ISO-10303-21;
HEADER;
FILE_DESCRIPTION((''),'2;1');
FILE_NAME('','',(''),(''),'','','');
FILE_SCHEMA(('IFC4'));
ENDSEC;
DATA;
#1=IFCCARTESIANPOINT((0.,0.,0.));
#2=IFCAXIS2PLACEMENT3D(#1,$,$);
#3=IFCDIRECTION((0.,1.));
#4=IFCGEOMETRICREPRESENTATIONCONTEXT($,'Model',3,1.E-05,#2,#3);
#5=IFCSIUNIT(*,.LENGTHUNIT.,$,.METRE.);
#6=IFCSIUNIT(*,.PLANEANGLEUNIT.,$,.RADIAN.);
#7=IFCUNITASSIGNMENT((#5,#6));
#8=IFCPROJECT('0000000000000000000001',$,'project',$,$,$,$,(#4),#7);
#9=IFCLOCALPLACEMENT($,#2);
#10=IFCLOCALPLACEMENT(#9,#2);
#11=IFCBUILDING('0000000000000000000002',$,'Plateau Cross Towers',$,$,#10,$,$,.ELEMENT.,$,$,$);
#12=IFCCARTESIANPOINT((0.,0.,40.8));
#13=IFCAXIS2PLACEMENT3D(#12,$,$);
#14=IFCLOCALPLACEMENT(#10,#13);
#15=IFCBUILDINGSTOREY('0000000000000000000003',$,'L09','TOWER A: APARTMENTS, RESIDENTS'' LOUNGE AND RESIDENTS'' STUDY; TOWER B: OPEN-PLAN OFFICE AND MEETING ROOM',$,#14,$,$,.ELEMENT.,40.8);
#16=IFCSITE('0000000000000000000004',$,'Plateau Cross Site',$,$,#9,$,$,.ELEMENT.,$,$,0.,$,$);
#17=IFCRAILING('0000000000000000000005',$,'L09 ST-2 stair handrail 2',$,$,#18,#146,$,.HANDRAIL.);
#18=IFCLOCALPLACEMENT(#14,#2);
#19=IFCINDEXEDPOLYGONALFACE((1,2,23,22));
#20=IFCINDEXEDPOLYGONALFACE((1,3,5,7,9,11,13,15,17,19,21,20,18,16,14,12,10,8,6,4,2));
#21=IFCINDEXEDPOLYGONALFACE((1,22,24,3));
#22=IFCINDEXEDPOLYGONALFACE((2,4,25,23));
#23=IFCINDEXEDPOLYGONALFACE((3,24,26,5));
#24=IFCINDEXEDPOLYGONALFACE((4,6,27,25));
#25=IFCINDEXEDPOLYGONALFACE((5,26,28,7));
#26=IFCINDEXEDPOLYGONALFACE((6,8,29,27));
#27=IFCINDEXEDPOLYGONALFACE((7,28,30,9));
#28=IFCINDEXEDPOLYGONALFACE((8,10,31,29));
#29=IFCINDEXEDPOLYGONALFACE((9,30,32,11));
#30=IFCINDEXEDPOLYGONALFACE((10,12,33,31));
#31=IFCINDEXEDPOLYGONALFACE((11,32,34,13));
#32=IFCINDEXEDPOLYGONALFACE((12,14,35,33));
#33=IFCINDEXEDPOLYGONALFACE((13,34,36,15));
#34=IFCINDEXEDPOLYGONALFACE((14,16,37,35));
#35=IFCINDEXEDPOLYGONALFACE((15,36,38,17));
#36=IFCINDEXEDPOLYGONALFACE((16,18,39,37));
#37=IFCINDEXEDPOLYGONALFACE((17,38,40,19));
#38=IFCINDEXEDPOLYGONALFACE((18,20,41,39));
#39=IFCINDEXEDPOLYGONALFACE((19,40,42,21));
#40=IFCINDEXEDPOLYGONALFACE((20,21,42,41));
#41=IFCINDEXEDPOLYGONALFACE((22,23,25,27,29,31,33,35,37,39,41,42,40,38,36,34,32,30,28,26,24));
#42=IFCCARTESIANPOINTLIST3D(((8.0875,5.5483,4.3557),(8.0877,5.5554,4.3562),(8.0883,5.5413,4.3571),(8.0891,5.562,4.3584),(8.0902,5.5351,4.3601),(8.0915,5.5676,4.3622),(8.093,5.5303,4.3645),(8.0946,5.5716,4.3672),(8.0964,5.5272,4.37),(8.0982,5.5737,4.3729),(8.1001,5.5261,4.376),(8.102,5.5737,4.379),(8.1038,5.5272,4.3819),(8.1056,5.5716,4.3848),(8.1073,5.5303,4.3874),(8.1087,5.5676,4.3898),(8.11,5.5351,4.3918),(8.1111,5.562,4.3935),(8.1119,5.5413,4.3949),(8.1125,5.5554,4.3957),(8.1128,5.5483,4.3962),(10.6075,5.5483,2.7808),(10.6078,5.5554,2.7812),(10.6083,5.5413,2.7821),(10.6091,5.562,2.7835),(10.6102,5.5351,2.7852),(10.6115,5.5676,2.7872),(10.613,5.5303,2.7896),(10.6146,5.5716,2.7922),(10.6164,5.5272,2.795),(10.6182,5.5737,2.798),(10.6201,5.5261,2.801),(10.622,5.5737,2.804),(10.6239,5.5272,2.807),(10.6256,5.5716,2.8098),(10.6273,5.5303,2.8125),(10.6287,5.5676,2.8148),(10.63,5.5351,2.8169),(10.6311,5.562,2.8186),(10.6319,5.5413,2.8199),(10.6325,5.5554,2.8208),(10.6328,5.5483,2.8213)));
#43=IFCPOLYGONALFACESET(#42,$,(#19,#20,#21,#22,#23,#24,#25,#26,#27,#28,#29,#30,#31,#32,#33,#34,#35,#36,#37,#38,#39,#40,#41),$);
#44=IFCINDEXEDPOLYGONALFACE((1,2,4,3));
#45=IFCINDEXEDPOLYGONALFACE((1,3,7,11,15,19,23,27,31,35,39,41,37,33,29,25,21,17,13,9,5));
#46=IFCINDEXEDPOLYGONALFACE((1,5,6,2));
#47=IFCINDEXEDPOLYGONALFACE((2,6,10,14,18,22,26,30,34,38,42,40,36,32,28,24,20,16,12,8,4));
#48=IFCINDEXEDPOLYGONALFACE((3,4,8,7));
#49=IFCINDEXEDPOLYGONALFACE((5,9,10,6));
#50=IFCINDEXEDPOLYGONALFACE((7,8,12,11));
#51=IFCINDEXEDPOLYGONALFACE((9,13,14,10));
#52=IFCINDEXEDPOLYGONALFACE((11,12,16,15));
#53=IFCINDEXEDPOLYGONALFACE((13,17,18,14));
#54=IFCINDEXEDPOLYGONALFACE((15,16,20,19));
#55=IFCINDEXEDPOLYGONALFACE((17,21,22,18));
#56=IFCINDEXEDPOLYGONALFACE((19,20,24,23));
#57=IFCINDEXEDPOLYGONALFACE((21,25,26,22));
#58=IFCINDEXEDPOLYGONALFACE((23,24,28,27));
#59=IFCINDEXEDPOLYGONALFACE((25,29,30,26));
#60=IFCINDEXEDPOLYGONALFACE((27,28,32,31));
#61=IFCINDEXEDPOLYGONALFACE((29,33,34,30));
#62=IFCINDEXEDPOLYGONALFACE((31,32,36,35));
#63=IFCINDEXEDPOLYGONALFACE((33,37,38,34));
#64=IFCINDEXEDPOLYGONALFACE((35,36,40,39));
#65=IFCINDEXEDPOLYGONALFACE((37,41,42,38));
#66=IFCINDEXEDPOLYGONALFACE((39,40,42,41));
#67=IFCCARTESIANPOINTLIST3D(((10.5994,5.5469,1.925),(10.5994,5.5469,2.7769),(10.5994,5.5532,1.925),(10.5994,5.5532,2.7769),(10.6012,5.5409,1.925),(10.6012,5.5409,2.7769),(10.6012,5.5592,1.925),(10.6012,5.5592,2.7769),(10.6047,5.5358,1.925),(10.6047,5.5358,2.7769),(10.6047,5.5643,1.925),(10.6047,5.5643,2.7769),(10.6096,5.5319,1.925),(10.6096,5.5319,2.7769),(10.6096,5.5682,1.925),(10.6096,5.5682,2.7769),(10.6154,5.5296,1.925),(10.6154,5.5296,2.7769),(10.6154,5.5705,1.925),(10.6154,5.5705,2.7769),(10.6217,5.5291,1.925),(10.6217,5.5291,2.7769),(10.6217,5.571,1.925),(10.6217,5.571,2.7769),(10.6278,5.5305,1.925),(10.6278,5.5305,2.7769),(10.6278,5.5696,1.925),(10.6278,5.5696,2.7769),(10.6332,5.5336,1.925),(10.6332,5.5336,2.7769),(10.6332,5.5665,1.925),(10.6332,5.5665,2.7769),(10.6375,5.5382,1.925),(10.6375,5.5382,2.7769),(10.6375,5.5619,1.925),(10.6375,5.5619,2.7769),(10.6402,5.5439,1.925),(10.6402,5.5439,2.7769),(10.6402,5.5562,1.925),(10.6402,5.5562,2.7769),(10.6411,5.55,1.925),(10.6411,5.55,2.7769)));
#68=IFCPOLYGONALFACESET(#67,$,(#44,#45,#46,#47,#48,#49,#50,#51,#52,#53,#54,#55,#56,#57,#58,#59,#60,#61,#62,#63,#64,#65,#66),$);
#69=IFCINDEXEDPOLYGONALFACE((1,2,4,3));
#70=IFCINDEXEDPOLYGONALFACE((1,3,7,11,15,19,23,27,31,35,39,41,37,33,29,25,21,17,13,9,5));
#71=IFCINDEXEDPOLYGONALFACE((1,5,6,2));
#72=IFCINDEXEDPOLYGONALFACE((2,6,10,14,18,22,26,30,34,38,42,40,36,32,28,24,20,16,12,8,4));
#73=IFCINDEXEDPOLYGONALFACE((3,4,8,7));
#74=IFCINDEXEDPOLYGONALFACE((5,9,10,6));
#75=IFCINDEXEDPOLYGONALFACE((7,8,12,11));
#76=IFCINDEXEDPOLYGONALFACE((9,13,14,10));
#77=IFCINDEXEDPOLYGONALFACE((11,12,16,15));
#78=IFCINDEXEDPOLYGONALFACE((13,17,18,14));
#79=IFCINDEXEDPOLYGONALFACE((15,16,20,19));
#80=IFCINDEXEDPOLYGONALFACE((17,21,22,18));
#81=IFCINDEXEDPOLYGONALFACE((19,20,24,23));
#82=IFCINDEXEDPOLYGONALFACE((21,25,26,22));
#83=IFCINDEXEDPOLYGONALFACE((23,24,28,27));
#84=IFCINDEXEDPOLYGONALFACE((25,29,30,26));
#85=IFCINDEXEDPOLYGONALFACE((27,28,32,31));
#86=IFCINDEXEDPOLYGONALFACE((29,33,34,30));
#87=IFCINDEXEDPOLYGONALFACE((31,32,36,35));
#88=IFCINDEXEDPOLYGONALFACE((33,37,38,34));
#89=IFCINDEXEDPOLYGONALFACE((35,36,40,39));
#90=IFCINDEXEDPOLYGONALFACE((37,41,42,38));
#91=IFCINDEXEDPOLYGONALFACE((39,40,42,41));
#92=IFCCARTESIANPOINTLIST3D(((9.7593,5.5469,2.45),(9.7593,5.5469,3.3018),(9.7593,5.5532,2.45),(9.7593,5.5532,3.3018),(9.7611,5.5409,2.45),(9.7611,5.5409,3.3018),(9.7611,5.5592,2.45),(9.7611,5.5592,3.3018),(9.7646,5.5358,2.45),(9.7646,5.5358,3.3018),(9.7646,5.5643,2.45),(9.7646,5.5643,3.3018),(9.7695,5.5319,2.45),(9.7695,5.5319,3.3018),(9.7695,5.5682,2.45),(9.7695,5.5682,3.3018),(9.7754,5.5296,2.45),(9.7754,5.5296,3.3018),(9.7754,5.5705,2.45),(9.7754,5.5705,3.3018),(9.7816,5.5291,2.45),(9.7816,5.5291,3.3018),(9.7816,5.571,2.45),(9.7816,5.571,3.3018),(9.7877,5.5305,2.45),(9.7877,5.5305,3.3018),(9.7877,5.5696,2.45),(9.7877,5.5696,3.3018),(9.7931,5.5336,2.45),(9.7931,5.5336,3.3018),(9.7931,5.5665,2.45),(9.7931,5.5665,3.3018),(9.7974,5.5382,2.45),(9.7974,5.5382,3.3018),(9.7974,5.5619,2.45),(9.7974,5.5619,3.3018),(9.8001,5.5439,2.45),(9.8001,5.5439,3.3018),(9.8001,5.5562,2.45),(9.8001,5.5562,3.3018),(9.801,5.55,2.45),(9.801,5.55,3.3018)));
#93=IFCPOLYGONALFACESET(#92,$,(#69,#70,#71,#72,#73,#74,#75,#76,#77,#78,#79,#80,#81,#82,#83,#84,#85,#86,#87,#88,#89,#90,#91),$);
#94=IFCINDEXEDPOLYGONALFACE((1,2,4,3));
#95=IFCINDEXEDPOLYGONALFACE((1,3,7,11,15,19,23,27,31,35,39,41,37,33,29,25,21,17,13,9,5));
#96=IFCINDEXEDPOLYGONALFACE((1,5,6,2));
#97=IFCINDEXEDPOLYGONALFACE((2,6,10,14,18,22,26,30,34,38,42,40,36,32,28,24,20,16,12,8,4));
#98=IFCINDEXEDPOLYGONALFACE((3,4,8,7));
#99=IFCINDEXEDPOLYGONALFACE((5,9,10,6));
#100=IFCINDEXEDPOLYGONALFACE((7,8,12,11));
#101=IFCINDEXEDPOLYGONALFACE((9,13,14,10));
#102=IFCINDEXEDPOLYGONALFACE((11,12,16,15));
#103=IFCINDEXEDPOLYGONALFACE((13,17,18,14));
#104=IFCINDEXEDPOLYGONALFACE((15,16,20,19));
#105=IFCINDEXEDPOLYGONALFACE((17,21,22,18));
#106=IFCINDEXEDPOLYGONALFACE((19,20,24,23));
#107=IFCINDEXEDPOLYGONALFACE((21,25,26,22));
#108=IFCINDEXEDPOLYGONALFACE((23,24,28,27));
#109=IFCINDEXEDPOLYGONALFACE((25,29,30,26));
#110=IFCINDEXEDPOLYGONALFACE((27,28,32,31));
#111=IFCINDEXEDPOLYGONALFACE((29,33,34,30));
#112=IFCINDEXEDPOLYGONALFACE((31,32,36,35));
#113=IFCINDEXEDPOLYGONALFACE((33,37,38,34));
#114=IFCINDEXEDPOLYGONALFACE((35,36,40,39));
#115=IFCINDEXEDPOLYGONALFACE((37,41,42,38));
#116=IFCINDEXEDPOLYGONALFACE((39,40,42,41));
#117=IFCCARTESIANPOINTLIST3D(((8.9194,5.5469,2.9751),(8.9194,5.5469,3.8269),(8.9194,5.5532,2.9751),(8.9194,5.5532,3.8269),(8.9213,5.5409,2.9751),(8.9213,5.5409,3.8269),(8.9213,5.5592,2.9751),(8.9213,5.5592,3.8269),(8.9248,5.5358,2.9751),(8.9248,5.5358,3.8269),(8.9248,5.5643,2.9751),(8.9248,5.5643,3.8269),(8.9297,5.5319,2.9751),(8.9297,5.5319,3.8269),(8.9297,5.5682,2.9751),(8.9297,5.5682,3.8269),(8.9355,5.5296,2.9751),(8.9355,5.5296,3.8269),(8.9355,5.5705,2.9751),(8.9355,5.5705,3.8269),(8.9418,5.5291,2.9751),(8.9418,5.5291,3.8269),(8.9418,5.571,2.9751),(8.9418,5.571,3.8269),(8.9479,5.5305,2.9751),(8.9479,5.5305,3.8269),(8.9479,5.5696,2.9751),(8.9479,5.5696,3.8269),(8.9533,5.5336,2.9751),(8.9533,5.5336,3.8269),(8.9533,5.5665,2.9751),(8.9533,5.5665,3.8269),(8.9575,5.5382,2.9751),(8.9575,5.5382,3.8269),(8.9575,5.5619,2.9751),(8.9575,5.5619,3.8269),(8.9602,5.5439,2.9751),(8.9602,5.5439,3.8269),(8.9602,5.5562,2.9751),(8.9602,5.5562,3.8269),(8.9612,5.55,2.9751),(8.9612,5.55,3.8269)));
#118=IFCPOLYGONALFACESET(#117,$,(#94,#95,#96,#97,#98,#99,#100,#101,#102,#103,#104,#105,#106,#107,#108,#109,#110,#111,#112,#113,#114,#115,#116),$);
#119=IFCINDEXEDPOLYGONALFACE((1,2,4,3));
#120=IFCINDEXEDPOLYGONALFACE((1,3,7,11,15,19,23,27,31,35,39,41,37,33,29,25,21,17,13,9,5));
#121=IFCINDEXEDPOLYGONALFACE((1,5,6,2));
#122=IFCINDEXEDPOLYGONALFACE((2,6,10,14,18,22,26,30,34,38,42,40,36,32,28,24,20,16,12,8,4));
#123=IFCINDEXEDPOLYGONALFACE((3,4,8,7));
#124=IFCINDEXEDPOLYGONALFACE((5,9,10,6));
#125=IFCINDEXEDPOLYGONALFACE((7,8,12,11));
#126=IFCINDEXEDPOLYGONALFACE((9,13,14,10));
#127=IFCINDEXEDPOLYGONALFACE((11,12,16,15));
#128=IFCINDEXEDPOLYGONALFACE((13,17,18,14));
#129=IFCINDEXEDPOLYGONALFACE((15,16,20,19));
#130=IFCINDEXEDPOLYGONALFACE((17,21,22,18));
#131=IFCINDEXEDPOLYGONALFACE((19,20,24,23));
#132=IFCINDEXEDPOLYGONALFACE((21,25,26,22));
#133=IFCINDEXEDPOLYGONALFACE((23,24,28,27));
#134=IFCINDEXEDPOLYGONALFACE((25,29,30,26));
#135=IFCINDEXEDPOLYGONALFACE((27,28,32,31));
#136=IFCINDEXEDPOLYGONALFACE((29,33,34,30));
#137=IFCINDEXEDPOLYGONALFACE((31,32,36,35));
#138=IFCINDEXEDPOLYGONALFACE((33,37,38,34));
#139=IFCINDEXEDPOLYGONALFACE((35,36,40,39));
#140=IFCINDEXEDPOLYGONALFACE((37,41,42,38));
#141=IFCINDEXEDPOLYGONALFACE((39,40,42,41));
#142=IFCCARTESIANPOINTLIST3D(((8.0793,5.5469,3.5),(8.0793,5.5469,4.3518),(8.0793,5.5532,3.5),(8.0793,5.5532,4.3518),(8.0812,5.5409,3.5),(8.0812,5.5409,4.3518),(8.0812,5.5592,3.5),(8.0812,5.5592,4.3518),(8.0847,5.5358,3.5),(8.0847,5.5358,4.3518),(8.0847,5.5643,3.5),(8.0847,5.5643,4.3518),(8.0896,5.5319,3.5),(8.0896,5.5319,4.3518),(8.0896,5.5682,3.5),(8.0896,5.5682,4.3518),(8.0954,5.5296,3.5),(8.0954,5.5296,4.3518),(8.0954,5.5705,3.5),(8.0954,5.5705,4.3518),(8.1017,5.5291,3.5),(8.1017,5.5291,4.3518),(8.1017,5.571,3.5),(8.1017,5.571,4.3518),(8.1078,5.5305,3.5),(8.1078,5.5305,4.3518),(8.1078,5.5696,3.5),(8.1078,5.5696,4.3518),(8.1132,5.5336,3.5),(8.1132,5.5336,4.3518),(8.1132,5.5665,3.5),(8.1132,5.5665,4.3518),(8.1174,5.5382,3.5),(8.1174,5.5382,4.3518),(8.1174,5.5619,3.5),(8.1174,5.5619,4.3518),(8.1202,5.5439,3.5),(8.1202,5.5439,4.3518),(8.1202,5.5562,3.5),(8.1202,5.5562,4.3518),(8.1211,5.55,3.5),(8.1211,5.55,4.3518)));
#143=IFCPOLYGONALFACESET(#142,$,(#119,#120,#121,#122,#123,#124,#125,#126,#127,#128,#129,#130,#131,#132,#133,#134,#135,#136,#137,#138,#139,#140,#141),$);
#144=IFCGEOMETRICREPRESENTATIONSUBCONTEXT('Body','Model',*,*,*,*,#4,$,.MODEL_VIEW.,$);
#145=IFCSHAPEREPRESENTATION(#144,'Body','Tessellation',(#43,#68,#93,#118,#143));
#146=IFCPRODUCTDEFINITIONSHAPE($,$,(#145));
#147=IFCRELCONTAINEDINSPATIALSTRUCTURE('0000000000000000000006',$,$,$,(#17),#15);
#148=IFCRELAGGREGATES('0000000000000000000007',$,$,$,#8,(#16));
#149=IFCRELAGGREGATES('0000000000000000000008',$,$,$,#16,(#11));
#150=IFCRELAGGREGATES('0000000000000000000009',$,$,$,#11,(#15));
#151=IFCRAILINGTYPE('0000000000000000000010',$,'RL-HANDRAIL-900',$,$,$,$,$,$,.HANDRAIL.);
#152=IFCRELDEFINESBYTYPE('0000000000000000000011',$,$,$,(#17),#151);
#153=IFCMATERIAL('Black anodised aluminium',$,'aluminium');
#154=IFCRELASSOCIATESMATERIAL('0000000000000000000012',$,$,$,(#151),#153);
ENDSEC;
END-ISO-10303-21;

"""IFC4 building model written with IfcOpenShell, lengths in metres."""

from ifc_helpers import new_model, si_unit, direction, frame, origin, origin_2d, place, context, subcontext, project, spatial, circle, extrude, material, type_object, element, save


model = new_model("IFC4")

# Units and contexts
model_context = context("Model", 3, precision=1e-05, world=origin(), true_north=direction((0.0, 1.0)))
body_context = subcontext(model_context, "Body", "Model", "MODEL_VIEW")
ifc_project = project(units=[si_unit("LENGTHUNIT", "METRE"), si_unit("PLANEANGLEUNIT", "RADIAN")], contexts=[model_context])

# Site, building, storey
site_placement = place(None, origin())
site = spatial("IfcSite", under=ifc_project, at=site_placement, Name="Plateau Cross Site", CompositionType="ELEMENT", RefElevation=0.0)
building_placement = place(site_placement, origin())
building = spatial("IfcBuilding", under=site, at=building_placement, Name="Plateau Cross Towers", CompositionType="ELEMENT")
storey_placement = place(building_placement, frame((0.0, 0.0, 40.8)))
storey = spatial("IfcBuildingStorey", under=building, at=storey_placement, Name="L09", Description="TOWER A: APARTMENTS, RESIDENTS' LOUNGE AND RESIDENTS' STUDY; TOWER B: OPEN-PLAN OFFICE AND MEETING ROOM", CompositionType="ELEMENT", Elevation=40.8)

# Railing
ifc_material_1 = material(Name="Black anodised aluminium", Category="aluminium")
railing_type_1 = type_object("IfcRailingType", Name="RL-HANDRAIL-900", PredefinedType="HANDRAIL", material=ifc_material_1)
railing_1_placement = place(storey_placement, frame((10.6201, 5.55, 1.925)))
element("IfcRailing", 1, at=railing_1_placement, inside=storey, type_object=railing_type_1, Name="L09 ST-2 stair handrail 2", PredefinedType="HANDRAIL", context=body_context, shape_type="SweptSolid", body=[
    extrude(circle(Radius=0.0239, at=origin_2d()), frame((0.0, 0.0, 0.876), z_axis=(-0.848008, 0.0, 0.529984), x_axis=(0.0, -1.0, 0.0)), (0.0, 0.0, 1.0), 2.9717),
    extrude(circle(Radius=0.021, at=origin_2d()), origin(), (0.0, 0.0, 1.0), 0.8518),
    extrude(circle(Radius=0.021, at=origin_2d()), frame((-0.8401, 0.0, 0.5249)), (0.0, 0.0, 1.0), 0.8518),
    extrude(circle(Radius=0.021, at=origin_2d()), frame((-1.6799, 0.0, 1.05)), (0.0, 0.0, 1.0), 0.8518),
    extrude(circle(Radius=0.021, at=origin_2d()), frame((-2.52, 0.0, 1.575)), (0.0, 0.0, 1.0), 0.8518),
])

save(model, "model.ifc")
